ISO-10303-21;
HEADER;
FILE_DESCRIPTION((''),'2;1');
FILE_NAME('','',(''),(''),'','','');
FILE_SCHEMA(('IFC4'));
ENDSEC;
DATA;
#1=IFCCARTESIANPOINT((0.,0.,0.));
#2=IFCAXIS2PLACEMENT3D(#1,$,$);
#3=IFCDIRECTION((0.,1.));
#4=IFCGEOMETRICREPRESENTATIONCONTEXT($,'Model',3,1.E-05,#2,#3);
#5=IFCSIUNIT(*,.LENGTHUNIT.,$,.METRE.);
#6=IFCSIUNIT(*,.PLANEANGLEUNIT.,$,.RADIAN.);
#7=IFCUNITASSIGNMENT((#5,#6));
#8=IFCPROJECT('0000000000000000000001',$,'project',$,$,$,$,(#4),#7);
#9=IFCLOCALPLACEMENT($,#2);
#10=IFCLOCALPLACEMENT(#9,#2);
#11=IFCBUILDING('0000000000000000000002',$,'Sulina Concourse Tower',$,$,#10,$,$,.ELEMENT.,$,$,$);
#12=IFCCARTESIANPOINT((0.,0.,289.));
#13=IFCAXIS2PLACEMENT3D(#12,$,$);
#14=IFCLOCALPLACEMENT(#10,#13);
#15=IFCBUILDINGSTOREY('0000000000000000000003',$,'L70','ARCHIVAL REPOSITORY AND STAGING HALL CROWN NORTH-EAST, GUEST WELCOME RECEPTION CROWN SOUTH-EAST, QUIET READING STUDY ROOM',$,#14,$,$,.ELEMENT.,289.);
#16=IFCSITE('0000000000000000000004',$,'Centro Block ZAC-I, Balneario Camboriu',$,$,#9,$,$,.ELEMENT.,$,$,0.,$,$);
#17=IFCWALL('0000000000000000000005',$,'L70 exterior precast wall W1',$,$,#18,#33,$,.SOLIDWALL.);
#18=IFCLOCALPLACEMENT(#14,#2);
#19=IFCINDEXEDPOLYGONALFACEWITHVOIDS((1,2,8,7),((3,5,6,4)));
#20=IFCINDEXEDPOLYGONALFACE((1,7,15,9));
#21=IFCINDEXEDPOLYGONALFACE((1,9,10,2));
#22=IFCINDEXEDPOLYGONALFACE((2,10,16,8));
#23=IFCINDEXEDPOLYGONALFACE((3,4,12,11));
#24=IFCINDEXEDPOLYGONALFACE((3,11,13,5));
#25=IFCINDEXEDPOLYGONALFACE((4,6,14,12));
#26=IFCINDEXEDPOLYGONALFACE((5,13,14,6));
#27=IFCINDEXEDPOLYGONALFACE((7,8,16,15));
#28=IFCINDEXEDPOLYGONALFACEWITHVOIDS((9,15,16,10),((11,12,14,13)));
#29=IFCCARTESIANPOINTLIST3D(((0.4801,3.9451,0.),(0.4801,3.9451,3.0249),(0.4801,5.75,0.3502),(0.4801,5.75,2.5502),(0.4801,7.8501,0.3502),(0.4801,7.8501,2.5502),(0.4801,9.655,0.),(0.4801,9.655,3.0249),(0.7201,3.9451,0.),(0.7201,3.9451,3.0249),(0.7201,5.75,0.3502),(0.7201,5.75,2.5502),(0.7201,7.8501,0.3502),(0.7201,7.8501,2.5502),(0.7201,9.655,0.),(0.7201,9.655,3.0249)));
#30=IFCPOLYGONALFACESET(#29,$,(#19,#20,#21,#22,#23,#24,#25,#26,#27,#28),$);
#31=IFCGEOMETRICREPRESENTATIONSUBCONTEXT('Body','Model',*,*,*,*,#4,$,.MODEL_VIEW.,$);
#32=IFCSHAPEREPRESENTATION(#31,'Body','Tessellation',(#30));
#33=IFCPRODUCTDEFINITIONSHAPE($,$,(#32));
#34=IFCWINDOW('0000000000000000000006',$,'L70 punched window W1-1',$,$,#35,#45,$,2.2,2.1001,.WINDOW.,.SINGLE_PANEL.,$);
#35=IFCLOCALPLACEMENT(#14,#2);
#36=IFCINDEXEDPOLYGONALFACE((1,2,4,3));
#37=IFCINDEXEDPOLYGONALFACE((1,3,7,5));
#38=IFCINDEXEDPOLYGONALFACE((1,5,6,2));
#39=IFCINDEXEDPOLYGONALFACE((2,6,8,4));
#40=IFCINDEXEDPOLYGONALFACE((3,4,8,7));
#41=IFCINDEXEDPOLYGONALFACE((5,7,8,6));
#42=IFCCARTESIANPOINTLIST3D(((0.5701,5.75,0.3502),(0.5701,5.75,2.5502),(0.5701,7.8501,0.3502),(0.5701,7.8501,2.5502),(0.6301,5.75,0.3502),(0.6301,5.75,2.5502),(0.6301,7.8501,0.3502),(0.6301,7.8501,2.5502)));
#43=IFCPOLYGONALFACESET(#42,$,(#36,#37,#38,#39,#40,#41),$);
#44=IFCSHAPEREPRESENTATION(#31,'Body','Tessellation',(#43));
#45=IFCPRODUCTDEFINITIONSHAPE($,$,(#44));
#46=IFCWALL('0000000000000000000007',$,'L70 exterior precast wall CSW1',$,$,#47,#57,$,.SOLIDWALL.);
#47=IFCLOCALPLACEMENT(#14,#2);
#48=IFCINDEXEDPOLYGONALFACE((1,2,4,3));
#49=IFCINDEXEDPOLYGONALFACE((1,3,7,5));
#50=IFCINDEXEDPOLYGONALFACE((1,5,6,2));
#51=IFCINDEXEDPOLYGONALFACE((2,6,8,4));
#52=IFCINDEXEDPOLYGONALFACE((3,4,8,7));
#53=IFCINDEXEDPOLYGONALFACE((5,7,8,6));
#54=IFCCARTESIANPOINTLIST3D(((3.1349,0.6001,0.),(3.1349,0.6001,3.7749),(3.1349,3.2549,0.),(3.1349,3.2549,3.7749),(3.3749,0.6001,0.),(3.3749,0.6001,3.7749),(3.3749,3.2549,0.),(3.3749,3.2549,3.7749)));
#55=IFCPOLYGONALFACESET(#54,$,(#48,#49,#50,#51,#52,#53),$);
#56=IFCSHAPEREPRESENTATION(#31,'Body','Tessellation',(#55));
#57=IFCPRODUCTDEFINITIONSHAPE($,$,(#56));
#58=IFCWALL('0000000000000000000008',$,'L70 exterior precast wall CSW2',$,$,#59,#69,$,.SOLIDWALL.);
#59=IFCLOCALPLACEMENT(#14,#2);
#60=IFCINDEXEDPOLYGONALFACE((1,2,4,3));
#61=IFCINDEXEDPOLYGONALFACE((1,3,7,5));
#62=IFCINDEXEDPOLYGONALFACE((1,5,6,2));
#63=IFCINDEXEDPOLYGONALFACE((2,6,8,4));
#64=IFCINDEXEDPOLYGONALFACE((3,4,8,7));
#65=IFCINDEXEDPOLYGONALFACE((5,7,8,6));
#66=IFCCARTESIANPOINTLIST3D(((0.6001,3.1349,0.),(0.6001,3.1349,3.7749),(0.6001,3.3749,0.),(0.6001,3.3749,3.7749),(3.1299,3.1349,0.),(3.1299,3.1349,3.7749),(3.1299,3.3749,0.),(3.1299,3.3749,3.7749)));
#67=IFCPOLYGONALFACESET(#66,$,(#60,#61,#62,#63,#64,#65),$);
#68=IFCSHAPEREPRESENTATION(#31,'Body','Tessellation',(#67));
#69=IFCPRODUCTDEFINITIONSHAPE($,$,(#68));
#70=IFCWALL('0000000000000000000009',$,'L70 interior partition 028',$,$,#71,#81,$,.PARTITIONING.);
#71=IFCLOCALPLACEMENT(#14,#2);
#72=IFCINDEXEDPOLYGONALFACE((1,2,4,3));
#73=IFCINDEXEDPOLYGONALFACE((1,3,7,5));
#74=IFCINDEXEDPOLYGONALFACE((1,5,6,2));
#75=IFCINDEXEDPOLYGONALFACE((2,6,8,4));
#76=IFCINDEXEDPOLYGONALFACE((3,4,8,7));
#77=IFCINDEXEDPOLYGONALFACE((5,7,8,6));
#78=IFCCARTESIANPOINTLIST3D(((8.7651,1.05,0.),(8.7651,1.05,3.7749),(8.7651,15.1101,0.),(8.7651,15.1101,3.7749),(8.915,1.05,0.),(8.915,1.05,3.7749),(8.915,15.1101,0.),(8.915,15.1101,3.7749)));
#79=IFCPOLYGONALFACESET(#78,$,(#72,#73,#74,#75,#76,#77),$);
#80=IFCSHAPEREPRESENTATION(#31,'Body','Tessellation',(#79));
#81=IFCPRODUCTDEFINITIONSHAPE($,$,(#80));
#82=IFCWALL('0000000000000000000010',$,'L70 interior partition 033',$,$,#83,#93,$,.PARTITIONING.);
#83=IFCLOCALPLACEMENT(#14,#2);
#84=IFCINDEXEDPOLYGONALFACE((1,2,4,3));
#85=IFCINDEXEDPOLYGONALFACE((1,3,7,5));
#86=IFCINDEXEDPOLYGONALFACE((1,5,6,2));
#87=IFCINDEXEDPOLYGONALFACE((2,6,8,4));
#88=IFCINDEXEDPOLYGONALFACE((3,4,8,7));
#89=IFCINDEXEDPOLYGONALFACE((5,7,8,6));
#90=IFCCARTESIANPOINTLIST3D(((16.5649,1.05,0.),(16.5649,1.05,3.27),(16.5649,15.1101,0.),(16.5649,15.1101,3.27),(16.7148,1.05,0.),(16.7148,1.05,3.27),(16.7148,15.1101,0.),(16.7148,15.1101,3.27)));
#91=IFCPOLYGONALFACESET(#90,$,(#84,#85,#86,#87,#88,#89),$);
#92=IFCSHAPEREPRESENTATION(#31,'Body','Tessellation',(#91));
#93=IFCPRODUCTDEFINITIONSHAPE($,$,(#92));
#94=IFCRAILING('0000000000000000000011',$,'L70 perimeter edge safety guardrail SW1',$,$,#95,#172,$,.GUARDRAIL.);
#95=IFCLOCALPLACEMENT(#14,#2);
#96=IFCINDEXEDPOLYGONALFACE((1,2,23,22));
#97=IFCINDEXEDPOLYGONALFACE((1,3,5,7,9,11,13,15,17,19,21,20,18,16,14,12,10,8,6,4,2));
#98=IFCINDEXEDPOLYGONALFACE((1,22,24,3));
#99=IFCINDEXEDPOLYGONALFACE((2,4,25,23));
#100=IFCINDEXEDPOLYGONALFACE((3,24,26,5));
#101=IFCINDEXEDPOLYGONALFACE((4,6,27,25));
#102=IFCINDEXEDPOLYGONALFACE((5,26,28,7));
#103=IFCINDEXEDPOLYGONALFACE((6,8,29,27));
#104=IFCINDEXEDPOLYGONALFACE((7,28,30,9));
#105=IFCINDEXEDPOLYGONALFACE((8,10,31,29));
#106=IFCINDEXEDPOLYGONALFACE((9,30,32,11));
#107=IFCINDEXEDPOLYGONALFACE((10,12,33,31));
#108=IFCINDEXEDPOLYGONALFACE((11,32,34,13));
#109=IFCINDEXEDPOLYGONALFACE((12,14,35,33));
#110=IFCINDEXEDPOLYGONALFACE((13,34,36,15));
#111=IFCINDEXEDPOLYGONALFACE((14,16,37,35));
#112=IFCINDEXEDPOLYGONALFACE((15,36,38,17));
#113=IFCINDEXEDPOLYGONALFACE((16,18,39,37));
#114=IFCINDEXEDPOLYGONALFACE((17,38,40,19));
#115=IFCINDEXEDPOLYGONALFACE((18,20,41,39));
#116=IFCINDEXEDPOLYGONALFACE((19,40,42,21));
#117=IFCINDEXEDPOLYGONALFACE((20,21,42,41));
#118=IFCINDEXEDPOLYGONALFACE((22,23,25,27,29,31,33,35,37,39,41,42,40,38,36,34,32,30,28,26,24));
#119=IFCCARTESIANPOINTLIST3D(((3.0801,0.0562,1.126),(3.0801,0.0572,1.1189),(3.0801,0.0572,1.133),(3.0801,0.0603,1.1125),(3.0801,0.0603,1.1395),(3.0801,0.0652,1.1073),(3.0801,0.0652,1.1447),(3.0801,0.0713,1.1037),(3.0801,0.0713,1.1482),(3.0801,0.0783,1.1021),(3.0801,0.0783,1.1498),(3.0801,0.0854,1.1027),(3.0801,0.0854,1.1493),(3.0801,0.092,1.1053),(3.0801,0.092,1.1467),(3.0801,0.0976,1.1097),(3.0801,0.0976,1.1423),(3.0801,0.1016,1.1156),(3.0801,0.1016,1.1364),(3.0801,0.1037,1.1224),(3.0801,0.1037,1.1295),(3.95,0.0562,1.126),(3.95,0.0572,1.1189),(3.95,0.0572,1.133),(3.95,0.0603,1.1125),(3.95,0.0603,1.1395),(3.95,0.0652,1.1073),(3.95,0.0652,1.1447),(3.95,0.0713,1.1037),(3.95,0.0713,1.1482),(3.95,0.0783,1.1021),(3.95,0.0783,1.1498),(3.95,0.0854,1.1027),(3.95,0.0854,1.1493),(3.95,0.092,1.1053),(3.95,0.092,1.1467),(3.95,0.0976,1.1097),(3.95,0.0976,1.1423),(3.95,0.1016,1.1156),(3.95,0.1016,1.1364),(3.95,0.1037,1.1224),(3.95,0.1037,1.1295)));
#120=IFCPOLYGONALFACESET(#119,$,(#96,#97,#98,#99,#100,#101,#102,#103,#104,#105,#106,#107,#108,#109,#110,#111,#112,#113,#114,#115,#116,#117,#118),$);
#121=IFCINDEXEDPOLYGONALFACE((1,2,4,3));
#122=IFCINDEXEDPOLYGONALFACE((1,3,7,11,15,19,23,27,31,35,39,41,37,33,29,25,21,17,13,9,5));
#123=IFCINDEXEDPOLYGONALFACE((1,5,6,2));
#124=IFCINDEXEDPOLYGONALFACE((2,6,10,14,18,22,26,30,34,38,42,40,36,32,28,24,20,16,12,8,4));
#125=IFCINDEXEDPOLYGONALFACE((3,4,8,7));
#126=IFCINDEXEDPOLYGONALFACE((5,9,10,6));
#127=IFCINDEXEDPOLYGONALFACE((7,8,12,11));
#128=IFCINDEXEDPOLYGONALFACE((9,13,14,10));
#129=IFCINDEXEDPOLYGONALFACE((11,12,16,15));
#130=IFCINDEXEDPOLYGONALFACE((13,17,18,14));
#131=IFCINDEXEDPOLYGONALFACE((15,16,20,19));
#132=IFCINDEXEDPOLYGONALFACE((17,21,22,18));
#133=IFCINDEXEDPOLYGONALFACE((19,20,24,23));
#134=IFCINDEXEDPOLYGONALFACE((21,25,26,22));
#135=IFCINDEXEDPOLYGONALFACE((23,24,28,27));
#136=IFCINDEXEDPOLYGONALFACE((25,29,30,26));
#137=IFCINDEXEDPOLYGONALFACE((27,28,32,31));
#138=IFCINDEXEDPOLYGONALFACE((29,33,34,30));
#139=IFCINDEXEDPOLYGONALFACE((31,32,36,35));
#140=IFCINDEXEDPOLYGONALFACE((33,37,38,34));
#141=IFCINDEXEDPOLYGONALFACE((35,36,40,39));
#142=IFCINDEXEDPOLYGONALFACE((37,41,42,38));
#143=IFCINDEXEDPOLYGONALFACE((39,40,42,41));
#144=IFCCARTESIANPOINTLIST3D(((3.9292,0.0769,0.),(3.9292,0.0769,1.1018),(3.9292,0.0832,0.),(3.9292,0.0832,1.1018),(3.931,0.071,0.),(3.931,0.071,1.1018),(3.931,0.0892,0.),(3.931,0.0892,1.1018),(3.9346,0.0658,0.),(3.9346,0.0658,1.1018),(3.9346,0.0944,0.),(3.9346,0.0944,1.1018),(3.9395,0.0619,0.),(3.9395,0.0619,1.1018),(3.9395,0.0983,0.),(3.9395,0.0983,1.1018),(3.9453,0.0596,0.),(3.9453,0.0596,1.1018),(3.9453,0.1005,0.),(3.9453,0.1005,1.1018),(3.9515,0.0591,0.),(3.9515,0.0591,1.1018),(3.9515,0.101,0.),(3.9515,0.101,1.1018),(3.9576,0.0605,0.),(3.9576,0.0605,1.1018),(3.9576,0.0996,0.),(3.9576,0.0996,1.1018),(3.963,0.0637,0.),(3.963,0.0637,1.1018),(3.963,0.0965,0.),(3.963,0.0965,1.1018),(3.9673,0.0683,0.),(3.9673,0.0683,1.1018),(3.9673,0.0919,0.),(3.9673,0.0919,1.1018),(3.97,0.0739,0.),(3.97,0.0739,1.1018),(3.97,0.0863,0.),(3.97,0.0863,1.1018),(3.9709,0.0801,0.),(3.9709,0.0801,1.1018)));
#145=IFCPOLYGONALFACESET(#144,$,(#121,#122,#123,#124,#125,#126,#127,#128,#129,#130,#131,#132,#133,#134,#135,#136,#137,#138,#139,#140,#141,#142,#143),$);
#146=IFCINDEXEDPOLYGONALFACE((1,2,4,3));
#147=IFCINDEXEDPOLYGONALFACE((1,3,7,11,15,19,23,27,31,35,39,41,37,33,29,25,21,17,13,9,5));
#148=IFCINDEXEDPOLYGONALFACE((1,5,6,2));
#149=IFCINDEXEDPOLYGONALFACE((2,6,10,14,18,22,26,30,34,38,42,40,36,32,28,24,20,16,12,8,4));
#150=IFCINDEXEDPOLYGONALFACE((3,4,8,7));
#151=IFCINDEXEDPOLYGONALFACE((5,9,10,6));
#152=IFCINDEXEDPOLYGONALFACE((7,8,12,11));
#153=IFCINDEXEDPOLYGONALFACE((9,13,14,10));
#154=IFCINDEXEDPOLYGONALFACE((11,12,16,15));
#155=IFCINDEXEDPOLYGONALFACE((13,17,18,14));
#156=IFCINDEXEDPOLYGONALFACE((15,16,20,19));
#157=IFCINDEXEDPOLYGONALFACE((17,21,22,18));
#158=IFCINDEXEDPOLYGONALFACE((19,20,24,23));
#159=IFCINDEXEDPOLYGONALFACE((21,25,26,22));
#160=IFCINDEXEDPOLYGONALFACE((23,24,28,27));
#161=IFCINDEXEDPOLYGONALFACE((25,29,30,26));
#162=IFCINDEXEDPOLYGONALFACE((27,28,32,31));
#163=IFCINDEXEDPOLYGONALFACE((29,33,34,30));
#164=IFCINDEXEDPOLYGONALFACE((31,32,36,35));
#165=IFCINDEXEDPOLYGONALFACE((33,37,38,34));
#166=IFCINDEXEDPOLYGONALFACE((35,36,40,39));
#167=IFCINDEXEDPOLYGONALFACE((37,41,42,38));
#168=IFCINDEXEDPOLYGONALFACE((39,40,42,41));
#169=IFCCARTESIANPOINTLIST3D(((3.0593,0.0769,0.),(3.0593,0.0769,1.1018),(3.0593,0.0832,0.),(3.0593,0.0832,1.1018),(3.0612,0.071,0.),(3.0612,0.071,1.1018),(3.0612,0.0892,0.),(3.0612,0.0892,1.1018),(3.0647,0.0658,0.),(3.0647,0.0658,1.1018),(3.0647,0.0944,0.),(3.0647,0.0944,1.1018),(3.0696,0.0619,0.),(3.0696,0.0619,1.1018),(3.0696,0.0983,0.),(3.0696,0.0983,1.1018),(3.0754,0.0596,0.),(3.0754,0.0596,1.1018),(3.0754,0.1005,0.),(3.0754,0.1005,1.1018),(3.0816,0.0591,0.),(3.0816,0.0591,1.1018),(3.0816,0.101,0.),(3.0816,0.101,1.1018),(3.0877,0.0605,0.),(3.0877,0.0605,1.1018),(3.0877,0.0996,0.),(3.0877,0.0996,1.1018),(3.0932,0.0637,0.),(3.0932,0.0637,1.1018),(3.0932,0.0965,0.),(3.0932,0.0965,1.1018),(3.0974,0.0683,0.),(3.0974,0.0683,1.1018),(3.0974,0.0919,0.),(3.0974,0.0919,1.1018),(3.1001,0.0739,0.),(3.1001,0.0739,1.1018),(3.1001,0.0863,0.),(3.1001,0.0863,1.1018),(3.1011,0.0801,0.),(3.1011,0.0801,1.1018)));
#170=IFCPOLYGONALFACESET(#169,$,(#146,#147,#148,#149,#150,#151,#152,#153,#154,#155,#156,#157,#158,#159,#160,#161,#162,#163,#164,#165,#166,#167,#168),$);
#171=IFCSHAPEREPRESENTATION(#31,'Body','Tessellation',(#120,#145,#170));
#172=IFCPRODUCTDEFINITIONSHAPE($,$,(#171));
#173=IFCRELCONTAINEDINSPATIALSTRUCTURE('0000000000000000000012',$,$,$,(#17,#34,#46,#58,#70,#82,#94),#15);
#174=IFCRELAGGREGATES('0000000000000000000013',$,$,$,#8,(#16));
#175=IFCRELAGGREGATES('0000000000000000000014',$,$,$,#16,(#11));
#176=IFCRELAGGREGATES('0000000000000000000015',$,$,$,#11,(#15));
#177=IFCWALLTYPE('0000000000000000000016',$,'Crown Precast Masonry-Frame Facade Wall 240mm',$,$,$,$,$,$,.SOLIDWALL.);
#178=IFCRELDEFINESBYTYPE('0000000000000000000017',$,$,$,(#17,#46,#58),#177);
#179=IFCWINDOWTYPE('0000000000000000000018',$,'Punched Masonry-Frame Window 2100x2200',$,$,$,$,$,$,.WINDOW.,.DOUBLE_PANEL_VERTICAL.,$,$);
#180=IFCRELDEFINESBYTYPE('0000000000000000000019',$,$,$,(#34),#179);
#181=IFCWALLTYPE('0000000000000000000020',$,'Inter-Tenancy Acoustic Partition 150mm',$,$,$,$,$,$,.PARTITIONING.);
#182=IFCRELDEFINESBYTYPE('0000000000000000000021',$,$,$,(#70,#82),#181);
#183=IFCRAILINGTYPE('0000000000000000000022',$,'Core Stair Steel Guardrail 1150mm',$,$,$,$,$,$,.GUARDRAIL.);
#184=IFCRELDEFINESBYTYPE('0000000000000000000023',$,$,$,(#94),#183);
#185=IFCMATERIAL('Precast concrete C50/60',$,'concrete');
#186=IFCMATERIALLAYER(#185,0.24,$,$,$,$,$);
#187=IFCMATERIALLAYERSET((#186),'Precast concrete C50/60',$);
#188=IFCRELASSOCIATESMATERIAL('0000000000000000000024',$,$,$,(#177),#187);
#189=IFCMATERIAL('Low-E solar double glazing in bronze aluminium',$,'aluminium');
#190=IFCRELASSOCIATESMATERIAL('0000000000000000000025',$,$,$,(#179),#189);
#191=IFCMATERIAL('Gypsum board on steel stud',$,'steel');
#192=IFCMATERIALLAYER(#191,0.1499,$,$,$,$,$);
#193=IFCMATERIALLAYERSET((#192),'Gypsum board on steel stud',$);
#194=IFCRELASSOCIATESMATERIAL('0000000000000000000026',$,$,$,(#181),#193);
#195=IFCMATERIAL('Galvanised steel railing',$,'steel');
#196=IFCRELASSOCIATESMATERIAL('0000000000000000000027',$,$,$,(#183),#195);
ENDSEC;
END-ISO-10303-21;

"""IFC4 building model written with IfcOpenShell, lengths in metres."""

from ifc_helpers import new_model, si_unit, direction, frame, frame_2d, origin, origin_2d, place, context, subcontext, project, spatial, rectangle, circle, extrude, material, layer, layer_set, type_object, element, fill, save


model = new_model("IFC4")

# Units and contexts
model_context = context("Model", 3, precision=1e-05, world=origin(), true_north=direction((0.0, 1.0)))
body_context = subcontext(model_context, "Body", "Model", "MODEL_VIEW")
ifc_project = project(units=[si_unit("LENGTHUNIT", "METRE"), si_unit("PLANEANGLEUNIT", "RADIAN")], contexts=[model_context])

# Site, building, storey
site_placement = place(None, origin())
site = spatial("IfcSite", under=ifc_project, at=site_placement, Name="Centro Block ZAC-I, Balneario Camboriu", CompositionType="ELEMENT", RefElevation=0.0)
building_placement = place(site_placement, origin())
building = spatial("IfcBuilding", under=site, at=building_placement, Name="Sulina Concourse Tower", CompositionType="ELEMENT")
storey_placement = place(building_placement, frame((0.0, 0.0, 289.0)))
storey = spatial("IfcBuildingStorey", under=building, at=storey_placement, Name="L70", Description="ARCHIVAL REPOSITORY AND STAGING HALL CROWN NORTH-EAST, GUEST WELCOME RECEPTION CROWN SOUTH-EAST, QUIET READING STUDY ROOM", CompositionType="ELEMENT", Elevation=289.0)

# Shared definitions
ifc_material_1 = material(Name="Precast concrete C50/60", Category="concrete")
ifc_layer_1 = layer(ifc_material_1, 0.24)
ifc_layer_set_1 = layer_set([ifc_layer_1], Name="Precast concrete C50/60")
wall_type_1 = type_object("IfcWallType", Name="Crown Precast Masonry-Frame Facade Wall 240mm", PredefinedType="SOLIDWALL", material=ifc_layer_set_1)

# Wall, opening, window
wall_1_placement = place(storey_placement, frame((0.6001, 3.9451, 0.0), z_axis=(0.0, 0.0, 1.0), x_axis=(0.0, 1.0, 0.0)))
wall_1 = element("IfcWall", 1, at=wall_1_placement, inside=storey, type_object=wall_type_1, Name="L70 exterior precast wall W1", PredefinedType="SOLIDWALL", context=body_context, shape_type="SweptSolid", body=[
    extrude(rectangle(XDim=5.71, YDim=0.24, at=frame_2d((2.855, 0.0))), origin(), (0.0, 0.0, 1.0), 3.0249),
])
opening_placement = place(wall_1_placement, frame((1.8049, 0.0, 0.3501)))
opening = element("IfcOpeningElement", 2, at=opening_placement, cuts=wall_1, PredefinedType="OPENING", context=body_context, shape_type="SweptSolid", body=[
    extrude(rectangle(XDim=2.1001, YDim=2.2, at=frame_2d((1.05, 1.1001))), frame((0.0, 0.1299, 0.0), z_axis=(0.0, -1.0, 0.0), x_axis=(1.0, 0.0, 0.0)), (0.0, 0.0, 1.0), 0.26),
])
ifc_material_2 = material(Name="Low-E solar double glazing in bronze aluminium", Category="aluminium")
window_type = type_object("IfcWindowType", Name="Punched Masonry-Frame Window 2100x2200", PartitioningType="DOUBLE_PANEL_VERTICAL", PredefinedType="WINDOW", material=ifc_material_2)
window_placement = place(opening_placement, origin())
window = element("IfcWindow", 3, at=window_placement, inside=storey, type_object=window_type, Name="L70 punched window W1-1", OverallHeight=2.2, OverallWidth=2.1001, PartitioningType="SINGLE_PANEL", PredefinedType="WINDOW", context=body_context, shape_type="SweptSolid", body=[
    extrude(rectangle(XDim=2.1001, YDim=2.2, at=frame_2d((1.05, 1.1001))), frame((0.0, 0.03, 0.0), z_axis=(0.0, -1.0, 0.0), x_axis=(1.0, 0.0, 0.0)), (0.0, 0.0, 1.0), 0.0601),
])
fill(opening, window)

# Walls
wall_2_placement = place(storey_placement, frame((3.2549, 0.6001, 0.0), z_axis=(0.0, 0.0, 1.0), x_axis=(0.0, 1.0, 0.0)))
element("IfcWall", 4, at=wall_2_placement, inside=storey, type_object=wall_type_1, Name="L70 exterior precast wall CSW1", PredefinedType="SOLIDWALL", context=body_context, shape_type="SweptSolid", body=[
    extrude(rectangle(XDim=2.6548, YDim=0.24, at=frame_2d((1.3274, 0.0))), origin(), (0.0, 0.0, 1.0), 3.7749),
])
wall_3_placement = place(storey_placement, frame((3.1299, 3.2549, 0.0), z_axis=(0.0, 0.0, 1.0), x_axis=(-1.0, 0.0, 0.0)))
element("IfcWall", 5, at=wall_3_placement, inside=storey, type_object=wall_type_1, Name="L70 exterior precast wall CSW2", PredefinedType="SOLIDWALL", context=body_context, shape_type="SweptSolid", body=[
    extrude(rectangle(XDim=2.5298, YDim=0.24, at=frame_2d((1.2649, 0.0))), origin(), (0.0, 0.0, 1.0), 3.7749),
])
ifc_material_3 = material(Name="Gypsum board on steel stud", Category="steel")
ifc_layer_2 = layer(ifc_material_3, 0.1499)
ifc_layer_set_2 = layer_set([ifc_layer_2], Name="Gypsum board on steel stud")
wall_type_2 = type_object("IfcWallType", Name="Inter-Tenancy Acoustic Partition 150mm", PredefinedType="PARTITIONING", material=ifc_layer_set_2)
wall_4_placement = place(storey_placement, frame((8.8401, 1.05, 0.0), z_axis=(0.0, 0.0, 1.0), x_axis=(0.0, 1.0, 0.0)))
element("IfcWall", 6, at=wall_4_placement, inside=storey, type_object=wall_type_2, Name="L70 interior partition 028", PredefinedType="PARTITIONING", context=body_context, shape_type="SweptSolid", body=[
    extrude(rectangle(XDim=14.0601, YDim=0.1499, at=frame_2d((7.03, 0.0))), origin(), (0.0, 0.0, 1.0), 3.7749),
])
wall_5_placement = place(storey_placement, frame((16.6399, 1.05, 0.0), z_axis=(0.0, 0.0, 1.0), x_axis=(0.0, 1.0, 0.0)))
element("IfcWall", 7, at=wall_5_placement, inside=storey, type_object=wall_type_2, Name="L70 interior partition 033", PredefinedType="PARTITIONING", context=body_context, shape_type="SweptSolid", body=[
    extrude(rectangle(XDim=14.0601, YDim=0.1499, at=frame_2d((7.03, 0.0))), origin(), (0.0, 0.0, 1.0), 3.27),
])

# Railing
ifc_material_4 = material(Name="Galvanised steel railing", Category="steel")
railing_type = type_object("IfcRailingType", Name="Core Stair Steel Guardrail 1150mm", PredefinedType="GUARDRAIL", material=ifc_material_4)
railing_1_placement = place(storey_placement, frame((3.95, 0.0801, 0.0)))
element("IfcRailing", 8, at=railing_1_placement, inside=storey, type_object=railing_type, Name="L70 perimeter edge safety guardrail SW1", PredefinedType="GUARDRAIL", context=body_context, shape_type="SweptSolid", body=[
    extrude(circle(Radius=0.0239, at=origin_2d()), frame((0.0, 0.0, 1.126), z_axis=(-1.0, 0.0, 0.0), x_axis=(0.0, -1.0, 0.0)), (0.0, 0.0, 1.0), 0.8699),
    extrude(circle(Radius=0.021, at=origin_2d()), origin(), (0.0, 0.0, 1.0), 1.1018),
    extrude(circle(Radius=0.021, at=origin_2d()), frame((-0.8699, 0.0, 0.0)), (0.0, 0.0, 1.0), 1.1018),
])

save(model, "model.ifc")
